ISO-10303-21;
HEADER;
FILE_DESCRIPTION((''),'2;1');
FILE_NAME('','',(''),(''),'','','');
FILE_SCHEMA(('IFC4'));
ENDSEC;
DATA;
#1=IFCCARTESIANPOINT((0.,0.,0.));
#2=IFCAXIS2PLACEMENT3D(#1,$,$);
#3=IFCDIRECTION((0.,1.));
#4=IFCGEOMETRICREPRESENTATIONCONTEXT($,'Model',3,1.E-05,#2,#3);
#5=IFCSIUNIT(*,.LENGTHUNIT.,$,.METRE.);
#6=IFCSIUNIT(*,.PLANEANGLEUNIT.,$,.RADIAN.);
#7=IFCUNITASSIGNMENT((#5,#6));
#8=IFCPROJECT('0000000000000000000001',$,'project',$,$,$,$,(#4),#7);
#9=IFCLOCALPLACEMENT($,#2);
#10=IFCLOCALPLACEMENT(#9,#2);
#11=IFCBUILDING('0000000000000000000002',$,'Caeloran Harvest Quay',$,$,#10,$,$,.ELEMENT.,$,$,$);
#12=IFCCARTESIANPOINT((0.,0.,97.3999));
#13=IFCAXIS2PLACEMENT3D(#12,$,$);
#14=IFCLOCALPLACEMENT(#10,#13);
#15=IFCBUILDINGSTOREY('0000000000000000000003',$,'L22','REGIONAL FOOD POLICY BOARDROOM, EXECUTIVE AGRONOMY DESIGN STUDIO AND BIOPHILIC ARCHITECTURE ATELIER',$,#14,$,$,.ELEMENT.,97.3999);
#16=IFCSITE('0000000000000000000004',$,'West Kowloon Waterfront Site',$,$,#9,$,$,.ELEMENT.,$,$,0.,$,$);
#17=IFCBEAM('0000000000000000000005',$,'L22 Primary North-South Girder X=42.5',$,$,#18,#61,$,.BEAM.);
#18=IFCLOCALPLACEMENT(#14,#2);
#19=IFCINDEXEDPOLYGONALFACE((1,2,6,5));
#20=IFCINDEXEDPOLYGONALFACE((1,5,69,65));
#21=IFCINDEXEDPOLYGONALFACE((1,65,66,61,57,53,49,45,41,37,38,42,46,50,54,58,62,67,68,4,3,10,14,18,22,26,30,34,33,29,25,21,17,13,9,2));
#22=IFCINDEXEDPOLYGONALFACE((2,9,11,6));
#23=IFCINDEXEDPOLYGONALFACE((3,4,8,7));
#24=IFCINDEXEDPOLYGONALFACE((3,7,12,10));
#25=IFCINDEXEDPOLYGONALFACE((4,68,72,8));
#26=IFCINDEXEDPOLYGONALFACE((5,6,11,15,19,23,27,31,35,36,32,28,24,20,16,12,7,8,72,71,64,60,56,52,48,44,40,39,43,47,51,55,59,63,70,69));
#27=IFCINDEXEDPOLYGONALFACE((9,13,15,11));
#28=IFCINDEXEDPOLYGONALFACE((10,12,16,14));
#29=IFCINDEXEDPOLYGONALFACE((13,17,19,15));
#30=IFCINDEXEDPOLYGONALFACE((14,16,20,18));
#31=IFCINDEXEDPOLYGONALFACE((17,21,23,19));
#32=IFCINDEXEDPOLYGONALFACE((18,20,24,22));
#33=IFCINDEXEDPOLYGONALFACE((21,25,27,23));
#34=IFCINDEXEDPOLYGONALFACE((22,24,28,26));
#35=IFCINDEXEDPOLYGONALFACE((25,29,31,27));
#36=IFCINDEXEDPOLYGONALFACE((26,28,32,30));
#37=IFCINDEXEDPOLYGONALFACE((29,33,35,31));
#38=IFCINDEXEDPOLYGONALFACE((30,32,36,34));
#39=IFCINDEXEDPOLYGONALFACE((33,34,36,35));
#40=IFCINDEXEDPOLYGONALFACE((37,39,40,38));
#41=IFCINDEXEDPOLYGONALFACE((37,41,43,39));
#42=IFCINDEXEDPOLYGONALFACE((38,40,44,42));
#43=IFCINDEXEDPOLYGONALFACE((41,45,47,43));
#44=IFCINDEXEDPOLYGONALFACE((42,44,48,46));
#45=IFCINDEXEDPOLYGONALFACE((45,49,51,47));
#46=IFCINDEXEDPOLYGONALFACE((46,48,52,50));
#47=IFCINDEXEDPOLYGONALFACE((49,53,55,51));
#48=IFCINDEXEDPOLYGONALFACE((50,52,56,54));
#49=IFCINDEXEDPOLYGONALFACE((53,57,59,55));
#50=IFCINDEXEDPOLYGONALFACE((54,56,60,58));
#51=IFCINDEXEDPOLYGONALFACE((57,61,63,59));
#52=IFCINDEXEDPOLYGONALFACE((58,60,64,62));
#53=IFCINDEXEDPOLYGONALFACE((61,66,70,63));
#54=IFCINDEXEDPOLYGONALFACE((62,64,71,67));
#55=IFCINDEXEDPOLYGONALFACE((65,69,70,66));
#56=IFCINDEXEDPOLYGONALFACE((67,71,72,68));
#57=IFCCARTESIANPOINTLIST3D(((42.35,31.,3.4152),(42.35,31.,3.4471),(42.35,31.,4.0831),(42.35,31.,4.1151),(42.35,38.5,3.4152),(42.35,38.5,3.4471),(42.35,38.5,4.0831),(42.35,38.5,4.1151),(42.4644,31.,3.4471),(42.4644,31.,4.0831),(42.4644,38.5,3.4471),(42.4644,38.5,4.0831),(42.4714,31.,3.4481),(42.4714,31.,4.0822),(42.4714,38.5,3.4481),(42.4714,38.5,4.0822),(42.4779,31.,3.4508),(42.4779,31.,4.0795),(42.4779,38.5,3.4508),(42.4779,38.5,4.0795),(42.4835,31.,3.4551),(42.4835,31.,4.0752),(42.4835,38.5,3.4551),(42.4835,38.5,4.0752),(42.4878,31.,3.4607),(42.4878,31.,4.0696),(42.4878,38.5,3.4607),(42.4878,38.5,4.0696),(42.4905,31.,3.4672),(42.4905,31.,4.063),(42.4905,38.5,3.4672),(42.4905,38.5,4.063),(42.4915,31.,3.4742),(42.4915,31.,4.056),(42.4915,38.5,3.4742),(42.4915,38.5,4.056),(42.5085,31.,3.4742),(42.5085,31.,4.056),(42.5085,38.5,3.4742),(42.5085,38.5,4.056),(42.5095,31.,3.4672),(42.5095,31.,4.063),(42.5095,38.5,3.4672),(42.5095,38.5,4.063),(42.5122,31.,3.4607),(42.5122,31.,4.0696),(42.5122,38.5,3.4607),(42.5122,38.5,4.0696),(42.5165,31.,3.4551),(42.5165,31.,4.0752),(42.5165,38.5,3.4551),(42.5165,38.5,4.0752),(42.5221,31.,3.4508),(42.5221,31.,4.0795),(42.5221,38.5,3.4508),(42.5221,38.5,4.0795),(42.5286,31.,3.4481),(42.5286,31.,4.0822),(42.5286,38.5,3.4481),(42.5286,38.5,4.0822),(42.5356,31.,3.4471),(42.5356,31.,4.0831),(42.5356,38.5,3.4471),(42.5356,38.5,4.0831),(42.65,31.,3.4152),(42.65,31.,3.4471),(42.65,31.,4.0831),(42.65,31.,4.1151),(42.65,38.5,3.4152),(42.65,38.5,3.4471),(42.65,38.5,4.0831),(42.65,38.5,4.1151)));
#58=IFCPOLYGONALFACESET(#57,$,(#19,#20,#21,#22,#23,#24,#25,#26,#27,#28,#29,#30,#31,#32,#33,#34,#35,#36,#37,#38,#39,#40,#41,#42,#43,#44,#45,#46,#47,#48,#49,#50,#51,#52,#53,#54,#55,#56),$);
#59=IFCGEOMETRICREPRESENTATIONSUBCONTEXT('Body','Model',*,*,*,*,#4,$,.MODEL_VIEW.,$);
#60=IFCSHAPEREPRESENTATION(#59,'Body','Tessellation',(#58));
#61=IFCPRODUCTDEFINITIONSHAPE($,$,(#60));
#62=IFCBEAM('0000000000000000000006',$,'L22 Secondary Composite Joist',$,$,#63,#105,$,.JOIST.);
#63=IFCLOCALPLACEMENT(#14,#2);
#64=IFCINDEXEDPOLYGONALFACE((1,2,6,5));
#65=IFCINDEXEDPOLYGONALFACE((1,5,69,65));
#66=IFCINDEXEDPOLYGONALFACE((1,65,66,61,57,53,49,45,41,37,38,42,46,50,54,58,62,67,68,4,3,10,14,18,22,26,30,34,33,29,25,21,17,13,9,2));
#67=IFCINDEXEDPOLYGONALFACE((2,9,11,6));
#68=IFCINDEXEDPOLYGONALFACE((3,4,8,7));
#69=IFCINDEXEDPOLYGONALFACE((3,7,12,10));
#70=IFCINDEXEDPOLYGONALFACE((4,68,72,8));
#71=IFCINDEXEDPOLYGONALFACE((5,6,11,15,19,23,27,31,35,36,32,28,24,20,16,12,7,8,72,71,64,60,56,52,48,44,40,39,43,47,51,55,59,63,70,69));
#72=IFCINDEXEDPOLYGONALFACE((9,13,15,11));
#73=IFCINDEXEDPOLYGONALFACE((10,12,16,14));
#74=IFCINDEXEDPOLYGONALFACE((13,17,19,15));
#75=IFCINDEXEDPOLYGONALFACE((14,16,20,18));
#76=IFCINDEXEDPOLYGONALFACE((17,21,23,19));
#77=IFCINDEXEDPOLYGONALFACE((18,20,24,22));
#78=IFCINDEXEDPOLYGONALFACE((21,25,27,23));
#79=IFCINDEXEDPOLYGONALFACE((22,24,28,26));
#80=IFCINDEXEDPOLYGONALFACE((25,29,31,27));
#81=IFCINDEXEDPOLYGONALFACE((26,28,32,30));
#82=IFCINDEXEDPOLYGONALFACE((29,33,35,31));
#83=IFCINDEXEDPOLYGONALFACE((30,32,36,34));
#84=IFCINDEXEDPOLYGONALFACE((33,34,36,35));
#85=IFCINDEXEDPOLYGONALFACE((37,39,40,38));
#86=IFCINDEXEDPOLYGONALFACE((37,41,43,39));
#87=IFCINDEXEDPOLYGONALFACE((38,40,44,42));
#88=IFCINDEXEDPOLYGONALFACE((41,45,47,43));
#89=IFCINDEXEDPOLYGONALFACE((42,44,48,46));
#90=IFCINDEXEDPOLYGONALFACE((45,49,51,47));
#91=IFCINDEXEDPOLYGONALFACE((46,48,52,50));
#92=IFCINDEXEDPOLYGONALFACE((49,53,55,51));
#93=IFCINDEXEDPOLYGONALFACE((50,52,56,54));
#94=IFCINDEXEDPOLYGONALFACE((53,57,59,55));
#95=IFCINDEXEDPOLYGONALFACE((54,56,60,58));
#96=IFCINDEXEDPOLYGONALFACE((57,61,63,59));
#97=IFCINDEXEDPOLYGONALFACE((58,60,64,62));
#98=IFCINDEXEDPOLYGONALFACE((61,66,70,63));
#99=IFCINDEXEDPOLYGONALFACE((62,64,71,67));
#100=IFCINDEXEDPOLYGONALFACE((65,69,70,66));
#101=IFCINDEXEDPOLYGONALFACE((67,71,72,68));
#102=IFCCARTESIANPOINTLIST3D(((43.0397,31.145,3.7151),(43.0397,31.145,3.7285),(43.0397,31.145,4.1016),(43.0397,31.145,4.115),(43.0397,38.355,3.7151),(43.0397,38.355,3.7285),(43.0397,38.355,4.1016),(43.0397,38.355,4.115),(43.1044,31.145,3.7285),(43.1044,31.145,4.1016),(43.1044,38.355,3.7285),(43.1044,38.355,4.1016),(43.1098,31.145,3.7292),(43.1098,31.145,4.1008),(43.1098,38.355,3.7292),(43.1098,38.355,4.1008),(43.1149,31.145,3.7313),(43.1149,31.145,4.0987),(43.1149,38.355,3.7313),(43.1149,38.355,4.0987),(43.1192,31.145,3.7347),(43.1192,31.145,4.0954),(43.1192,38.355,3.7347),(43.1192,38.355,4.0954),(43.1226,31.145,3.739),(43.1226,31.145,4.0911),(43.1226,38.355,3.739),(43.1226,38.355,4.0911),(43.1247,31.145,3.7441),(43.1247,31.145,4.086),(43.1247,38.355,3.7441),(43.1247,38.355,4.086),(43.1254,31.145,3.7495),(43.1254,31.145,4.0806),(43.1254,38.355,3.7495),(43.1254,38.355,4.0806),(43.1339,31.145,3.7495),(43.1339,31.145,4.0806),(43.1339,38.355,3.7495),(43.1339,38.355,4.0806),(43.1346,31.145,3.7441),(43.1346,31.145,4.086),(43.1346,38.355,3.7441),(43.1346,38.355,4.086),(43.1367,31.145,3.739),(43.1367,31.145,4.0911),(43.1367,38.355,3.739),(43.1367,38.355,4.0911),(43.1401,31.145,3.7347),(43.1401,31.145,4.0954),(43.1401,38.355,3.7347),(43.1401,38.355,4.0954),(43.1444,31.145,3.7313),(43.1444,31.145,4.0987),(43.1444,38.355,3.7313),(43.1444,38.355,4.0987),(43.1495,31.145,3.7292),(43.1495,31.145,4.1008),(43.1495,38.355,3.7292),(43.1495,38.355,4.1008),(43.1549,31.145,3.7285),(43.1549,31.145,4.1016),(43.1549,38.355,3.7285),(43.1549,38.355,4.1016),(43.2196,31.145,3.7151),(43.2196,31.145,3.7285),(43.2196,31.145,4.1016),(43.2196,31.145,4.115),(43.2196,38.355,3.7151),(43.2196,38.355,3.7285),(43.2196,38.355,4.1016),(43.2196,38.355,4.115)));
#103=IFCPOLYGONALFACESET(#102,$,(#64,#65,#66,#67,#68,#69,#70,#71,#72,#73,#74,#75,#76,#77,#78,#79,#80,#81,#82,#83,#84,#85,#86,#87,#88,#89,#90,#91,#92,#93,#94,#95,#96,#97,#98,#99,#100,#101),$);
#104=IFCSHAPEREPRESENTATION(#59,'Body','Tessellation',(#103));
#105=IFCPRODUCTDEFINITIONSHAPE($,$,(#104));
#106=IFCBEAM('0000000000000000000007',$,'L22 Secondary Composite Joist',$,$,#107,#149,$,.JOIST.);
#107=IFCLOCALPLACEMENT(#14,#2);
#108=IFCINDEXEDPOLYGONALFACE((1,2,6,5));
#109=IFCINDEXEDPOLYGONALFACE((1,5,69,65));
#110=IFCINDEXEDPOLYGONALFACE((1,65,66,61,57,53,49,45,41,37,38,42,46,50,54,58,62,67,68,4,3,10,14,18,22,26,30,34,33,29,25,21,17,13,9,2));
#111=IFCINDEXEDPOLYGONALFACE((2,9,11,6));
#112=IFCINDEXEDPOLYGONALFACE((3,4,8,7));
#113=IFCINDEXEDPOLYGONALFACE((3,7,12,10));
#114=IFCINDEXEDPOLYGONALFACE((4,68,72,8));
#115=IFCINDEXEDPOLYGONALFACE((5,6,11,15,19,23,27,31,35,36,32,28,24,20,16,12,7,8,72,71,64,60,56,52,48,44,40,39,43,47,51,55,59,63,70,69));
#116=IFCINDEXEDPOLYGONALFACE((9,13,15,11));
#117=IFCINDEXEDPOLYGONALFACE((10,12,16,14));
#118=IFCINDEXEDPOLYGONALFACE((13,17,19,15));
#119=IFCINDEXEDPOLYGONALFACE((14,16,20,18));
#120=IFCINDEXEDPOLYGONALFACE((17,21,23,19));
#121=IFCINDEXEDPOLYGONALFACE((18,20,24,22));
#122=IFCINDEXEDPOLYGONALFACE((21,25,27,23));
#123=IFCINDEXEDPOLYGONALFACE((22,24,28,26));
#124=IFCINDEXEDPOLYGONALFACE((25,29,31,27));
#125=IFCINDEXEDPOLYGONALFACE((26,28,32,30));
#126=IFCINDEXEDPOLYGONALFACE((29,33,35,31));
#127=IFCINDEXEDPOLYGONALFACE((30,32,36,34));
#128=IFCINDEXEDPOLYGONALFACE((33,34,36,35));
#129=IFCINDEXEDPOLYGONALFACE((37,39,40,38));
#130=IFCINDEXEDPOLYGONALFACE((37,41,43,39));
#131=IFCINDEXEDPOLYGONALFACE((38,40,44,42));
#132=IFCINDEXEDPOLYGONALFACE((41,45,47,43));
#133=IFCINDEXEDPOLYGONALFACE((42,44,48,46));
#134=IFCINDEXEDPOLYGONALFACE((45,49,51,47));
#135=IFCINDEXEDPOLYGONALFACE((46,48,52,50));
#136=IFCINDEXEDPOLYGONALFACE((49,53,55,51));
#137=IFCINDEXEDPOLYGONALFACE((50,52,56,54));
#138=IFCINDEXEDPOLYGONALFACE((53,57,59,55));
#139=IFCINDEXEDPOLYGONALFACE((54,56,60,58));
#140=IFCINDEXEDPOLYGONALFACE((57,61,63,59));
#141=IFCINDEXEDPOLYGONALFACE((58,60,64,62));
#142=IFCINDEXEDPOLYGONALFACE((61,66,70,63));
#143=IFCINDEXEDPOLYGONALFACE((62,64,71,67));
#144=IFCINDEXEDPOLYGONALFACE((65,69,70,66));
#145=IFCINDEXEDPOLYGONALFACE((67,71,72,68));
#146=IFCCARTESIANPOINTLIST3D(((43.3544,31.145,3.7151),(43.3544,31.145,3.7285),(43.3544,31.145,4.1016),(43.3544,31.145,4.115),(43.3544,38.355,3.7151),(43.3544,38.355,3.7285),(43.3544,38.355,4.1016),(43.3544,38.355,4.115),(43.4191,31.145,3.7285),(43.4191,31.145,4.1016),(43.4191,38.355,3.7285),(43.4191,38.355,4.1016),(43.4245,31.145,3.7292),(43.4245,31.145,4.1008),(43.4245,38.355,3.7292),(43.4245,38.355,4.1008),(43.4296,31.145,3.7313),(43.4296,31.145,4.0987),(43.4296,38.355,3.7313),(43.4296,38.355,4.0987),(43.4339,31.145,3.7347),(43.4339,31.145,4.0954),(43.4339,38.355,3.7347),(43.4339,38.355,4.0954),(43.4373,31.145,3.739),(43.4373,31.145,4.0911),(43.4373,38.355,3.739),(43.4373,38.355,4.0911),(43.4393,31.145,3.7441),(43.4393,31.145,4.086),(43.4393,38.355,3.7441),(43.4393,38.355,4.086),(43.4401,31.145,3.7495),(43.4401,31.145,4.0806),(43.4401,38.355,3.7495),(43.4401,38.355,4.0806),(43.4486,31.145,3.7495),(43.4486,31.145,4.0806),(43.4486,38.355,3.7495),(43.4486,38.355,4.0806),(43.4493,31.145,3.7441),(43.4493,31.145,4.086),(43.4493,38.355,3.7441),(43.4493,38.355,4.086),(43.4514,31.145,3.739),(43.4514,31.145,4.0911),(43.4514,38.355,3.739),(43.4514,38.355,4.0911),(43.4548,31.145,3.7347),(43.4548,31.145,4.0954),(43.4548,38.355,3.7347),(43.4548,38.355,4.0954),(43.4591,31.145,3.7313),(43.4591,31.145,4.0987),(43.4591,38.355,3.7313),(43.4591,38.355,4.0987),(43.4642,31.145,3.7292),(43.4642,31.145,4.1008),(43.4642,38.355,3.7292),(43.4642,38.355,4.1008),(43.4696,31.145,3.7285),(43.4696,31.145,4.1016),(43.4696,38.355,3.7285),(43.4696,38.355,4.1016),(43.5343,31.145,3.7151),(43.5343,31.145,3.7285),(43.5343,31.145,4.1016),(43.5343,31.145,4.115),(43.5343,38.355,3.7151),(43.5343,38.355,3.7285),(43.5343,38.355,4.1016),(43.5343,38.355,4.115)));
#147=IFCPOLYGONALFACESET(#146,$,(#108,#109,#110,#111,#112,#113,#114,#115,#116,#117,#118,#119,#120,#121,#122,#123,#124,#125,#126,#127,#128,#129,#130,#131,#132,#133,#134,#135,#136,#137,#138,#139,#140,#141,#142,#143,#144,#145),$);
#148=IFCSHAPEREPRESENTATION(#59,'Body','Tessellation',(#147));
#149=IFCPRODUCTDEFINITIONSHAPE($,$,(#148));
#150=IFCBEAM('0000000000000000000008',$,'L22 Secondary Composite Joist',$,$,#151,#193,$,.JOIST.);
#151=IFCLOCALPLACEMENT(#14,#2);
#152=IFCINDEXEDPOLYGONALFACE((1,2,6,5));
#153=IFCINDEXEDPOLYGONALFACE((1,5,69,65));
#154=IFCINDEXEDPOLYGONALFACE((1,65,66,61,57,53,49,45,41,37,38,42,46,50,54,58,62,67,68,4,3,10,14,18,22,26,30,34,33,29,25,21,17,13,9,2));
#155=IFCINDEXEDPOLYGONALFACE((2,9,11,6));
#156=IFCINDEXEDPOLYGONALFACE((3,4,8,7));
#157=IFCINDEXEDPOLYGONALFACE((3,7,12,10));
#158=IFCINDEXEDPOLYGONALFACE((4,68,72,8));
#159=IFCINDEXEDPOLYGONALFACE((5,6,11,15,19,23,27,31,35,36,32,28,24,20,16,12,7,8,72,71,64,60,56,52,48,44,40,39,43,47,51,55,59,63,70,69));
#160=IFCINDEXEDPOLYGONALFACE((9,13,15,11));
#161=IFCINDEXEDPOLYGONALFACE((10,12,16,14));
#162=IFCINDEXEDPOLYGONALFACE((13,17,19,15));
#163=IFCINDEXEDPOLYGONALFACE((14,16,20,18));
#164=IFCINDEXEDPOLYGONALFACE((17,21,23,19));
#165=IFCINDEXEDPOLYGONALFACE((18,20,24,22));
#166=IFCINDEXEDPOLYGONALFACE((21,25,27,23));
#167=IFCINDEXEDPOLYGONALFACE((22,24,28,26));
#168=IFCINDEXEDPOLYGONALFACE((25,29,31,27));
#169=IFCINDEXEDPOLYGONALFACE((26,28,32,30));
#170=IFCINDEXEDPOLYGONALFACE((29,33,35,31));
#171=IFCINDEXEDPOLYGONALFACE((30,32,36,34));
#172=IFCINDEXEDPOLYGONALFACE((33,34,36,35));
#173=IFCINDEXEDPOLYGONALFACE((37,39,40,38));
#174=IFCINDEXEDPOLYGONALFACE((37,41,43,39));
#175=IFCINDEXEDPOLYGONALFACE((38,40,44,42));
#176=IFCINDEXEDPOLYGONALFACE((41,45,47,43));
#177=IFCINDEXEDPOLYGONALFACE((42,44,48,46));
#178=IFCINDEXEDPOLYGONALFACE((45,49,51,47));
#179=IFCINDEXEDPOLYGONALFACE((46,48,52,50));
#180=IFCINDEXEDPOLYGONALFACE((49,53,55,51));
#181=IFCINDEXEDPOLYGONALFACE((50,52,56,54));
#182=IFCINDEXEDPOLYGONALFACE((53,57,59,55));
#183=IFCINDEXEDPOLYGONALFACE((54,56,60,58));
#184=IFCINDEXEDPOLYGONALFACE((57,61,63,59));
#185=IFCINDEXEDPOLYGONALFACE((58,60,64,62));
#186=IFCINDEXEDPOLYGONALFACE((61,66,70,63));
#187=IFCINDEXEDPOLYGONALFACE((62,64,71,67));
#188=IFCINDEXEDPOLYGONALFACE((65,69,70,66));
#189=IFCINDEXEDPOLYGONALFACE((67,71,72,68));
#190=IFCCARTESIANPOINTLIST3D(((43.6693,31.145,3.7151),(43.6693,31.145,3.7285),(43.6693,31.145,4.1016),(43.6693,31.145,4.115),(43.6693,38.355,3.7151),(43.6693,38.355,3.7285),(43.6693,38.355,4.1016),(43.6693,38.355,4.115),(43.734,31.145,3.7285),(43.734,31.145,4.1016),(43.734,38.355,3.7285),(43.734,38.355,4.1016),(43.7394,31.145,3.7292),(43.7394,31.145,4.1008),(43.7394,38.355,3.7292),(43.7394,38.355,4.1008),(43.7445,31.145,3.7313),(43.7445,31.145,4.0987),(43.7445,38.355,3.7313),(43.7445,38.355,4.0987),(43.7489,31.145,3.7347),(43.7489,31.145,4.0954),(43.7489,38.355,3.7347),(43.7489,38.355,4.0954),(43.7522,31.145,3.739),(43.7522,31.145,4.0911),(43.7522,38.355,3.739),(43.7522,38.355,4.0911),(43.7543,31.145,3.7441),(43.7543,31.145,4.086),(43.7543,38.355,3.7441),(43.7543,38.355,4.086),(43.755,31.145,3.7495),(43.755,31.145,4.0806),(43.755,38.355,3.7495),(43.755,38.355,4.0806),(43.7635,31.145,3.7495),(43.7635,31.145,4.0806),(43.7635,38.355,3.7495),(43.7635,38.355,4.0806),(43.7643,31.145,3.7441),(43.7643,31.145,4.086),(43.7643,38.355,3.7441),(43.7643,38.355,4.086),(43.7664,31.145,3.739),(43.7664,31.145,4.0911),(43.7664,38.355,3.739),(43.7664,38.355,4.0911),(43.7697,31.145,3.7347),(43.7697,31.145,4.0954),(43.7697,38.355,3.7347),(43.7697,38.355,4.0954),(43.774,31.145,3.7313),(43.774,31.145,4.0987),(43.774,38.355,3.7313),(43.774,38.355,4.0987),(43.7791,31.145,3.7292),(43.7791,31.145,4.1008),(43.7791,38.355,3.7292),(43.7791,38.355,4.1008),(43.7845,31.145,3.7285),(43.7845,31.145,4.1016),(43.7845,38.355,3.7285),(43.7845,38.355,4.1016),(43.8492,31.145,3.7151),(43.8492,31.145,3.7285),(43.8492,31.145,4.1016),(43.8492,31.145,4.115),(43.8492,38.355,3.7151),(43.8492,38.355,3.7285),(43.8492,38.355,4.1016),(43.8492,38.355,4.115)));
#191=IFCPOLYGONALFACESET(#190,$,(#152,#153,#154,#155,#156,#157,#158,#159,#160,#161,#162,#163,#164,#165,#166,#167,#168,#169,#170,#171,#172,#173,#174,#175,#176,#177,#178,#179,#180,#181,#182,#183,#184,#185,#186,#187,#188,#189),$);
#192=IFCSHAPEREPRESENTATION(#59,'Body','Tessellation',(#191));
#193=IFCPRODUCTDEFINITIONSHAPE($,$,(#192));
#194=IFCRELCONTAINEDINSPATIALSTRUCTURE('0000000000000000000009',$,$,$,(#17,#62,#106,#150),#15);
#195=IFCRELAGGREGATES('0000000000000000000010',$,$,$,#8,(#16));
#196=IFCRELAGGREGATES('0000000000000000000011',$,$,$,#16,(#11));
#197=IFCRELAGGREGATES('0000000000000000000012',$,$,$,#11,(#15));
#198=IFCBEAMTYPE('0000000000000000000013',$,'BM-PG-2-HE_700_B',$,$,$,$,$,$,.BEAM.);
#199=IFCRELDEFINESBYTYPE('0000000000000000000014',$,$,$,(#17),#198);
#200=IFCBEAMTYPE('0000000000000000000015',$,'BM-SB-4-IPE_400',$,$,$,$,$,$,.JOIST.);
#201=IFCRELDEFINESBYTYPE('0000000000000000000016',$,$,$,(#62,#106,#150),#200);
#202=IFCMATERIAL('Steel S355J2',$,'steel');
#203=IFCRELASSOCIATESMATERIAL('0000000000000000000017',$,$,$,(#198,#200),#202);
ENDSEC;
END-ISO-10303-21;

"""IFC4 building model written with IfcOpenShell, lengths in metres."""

from ifc_helpers import new_model, si_unit, direction, frame, origin, origin_2d, place, context, subcontext, project, spatial, i_section, extrude, material, material_profile, profile_set, type_object, element, save


model = new_model("IFC4")

# Units and contexts
model_context = context("Model", 3, precision=1e-05, world=origin(), true_north=direction((0.0, 1.0)))
body_context = subcontext(model_context, "Body", "Model", "MODEL_VIEW")
ifc_project = project(units=[si_unit("LENGTHUNIT", "METRE"), si_unit("PLANEANGLEUNIT", "RADIAN")], contexts=[model_context])

# Site, building, storey
site_placement = place(None, origin())
site = spatial("IfcSite", under=ifc_project, at=site_placement, Name="West Kowloon Waterfront Site", CompositionType="ELEMENT", RefElevation=0.0)
building_placement = place(site_placement, origin())
building = spatial("IfcBuilding", under=site, at=building_placement, Name="Caeloran Harvest Quay", CompositionType="ELEMENT")
storey_placement = place(building_placement, frame((0.0, 0.0, 97.3999)))
storey = spatial("IfcBuildingStorey", under=building, at=storey_placement, Name="L22", Description="REGIONAL FOOD POLICY BOARDROOM, EXECUTIVE AGRONOMY DESIGN STUDIO AND BIOPHILIC ARCHITECTURE ATELIER", CompositionType="ELEMENT", Elevation=97.3999)

# Beams
ifc_material_1 = material(Name="Steel S355J2", Category="steel")
ifc_material_profile_1 = material_profile(ifc_material_1, i_section(OverallWidth=0.3, OverallDepth=0.7, WebThickness=0.0171, FlangeThickness=0.032, FilletRadius=0.0271, at=origin_2d()), Name="HE 700 B")
ifc_profile_set_1 = profile_set([ifc_material_profile_1], Name="Steel S355J2")
beam_type_1 = type_object("IfcBeamType", Name="BM-PG-2-HE_700_B", PredefinedType="BEAM", material=ifc_profile_set_1)
beam_placement = place(storey_placement, frame((42.5, 31.0, 3.7651), z_axis=(0.0, 1.0, 0.0), x_axis=(-1.0, 0.0, 0.0)))
element("IfcBeam", 1, at=beam_placement, inside=storey, type_object=beam_type_1, Name="L22 Primary North-South Girder X=42.5", PredefinedType="BEAM", context=body_context, shape_type="SweptSolid", body=[
    extrude(i_section(OverallWidth=0.3, OverallDepth=0.7, WebThickness=0.0171, FlangeThickness=0.032, FilletRadius=0.0271, at=origin_2d()), origin(), (0.0, 0.0, 1.0), 7.5),
])
ifc_material_profile_2 = material_profile(ifc_material_1, i_section(OverallWidth=0.1799, OverallDepth=0.3999, WebThickness=0.0085, FlangeThickness=0.0134, FilletRadius=0.021, at=origin_2d()), Name="IPE 400")
ifc_profile_set_2 = profile_set([ifc_material_profile_2], Name="Steel S355J2")
beam_type_2 = type_object("IfcBeamType", Name="BM-SB-4-IPE_400", PredefinedType="JOIST", material=ifc_profile_set_2)
for number, where, z_axis, x_axis, name in (
    (2, (43.1296, 31.145, 3.915), (0.0, 1.0, 0.0), (-1.0, 0.0, 0.0), "L22 Secondary Composite Joist"),
    (3, (43.4443, 31.145, 3.915), (0.0, 1.0, 0.0), (-1.0, 0.0, 0.0), "L22 Secondary Composite Joist"),
    (4, (43.7593, 31.145, 3.915), (0.0, 1.0, 0.0), (-1.0, 0.0, 0.0), "L22 Secondary Composite Joist"),
):
    element("IfcBeam", number, at=place(storey_placement, frame(where, z_axis=z_axis, x_axis=x_axis)), inside=storey, type_object=beam_type_2, Name=name, PredefinedType="JOIST", context=body_context, shape_type="SweptSolid", body=[
        extrude(i_section(OverallWidth=0.1799, OverallDepth=0.3999, WebThickness=0.0085, FlangeThickness=0.0134, FilletRadius=0.021, at=origin_2d()), origin(), (0.0, 0.0, 1.0), 7.21),
    ])

save(model, "model.ifc")
